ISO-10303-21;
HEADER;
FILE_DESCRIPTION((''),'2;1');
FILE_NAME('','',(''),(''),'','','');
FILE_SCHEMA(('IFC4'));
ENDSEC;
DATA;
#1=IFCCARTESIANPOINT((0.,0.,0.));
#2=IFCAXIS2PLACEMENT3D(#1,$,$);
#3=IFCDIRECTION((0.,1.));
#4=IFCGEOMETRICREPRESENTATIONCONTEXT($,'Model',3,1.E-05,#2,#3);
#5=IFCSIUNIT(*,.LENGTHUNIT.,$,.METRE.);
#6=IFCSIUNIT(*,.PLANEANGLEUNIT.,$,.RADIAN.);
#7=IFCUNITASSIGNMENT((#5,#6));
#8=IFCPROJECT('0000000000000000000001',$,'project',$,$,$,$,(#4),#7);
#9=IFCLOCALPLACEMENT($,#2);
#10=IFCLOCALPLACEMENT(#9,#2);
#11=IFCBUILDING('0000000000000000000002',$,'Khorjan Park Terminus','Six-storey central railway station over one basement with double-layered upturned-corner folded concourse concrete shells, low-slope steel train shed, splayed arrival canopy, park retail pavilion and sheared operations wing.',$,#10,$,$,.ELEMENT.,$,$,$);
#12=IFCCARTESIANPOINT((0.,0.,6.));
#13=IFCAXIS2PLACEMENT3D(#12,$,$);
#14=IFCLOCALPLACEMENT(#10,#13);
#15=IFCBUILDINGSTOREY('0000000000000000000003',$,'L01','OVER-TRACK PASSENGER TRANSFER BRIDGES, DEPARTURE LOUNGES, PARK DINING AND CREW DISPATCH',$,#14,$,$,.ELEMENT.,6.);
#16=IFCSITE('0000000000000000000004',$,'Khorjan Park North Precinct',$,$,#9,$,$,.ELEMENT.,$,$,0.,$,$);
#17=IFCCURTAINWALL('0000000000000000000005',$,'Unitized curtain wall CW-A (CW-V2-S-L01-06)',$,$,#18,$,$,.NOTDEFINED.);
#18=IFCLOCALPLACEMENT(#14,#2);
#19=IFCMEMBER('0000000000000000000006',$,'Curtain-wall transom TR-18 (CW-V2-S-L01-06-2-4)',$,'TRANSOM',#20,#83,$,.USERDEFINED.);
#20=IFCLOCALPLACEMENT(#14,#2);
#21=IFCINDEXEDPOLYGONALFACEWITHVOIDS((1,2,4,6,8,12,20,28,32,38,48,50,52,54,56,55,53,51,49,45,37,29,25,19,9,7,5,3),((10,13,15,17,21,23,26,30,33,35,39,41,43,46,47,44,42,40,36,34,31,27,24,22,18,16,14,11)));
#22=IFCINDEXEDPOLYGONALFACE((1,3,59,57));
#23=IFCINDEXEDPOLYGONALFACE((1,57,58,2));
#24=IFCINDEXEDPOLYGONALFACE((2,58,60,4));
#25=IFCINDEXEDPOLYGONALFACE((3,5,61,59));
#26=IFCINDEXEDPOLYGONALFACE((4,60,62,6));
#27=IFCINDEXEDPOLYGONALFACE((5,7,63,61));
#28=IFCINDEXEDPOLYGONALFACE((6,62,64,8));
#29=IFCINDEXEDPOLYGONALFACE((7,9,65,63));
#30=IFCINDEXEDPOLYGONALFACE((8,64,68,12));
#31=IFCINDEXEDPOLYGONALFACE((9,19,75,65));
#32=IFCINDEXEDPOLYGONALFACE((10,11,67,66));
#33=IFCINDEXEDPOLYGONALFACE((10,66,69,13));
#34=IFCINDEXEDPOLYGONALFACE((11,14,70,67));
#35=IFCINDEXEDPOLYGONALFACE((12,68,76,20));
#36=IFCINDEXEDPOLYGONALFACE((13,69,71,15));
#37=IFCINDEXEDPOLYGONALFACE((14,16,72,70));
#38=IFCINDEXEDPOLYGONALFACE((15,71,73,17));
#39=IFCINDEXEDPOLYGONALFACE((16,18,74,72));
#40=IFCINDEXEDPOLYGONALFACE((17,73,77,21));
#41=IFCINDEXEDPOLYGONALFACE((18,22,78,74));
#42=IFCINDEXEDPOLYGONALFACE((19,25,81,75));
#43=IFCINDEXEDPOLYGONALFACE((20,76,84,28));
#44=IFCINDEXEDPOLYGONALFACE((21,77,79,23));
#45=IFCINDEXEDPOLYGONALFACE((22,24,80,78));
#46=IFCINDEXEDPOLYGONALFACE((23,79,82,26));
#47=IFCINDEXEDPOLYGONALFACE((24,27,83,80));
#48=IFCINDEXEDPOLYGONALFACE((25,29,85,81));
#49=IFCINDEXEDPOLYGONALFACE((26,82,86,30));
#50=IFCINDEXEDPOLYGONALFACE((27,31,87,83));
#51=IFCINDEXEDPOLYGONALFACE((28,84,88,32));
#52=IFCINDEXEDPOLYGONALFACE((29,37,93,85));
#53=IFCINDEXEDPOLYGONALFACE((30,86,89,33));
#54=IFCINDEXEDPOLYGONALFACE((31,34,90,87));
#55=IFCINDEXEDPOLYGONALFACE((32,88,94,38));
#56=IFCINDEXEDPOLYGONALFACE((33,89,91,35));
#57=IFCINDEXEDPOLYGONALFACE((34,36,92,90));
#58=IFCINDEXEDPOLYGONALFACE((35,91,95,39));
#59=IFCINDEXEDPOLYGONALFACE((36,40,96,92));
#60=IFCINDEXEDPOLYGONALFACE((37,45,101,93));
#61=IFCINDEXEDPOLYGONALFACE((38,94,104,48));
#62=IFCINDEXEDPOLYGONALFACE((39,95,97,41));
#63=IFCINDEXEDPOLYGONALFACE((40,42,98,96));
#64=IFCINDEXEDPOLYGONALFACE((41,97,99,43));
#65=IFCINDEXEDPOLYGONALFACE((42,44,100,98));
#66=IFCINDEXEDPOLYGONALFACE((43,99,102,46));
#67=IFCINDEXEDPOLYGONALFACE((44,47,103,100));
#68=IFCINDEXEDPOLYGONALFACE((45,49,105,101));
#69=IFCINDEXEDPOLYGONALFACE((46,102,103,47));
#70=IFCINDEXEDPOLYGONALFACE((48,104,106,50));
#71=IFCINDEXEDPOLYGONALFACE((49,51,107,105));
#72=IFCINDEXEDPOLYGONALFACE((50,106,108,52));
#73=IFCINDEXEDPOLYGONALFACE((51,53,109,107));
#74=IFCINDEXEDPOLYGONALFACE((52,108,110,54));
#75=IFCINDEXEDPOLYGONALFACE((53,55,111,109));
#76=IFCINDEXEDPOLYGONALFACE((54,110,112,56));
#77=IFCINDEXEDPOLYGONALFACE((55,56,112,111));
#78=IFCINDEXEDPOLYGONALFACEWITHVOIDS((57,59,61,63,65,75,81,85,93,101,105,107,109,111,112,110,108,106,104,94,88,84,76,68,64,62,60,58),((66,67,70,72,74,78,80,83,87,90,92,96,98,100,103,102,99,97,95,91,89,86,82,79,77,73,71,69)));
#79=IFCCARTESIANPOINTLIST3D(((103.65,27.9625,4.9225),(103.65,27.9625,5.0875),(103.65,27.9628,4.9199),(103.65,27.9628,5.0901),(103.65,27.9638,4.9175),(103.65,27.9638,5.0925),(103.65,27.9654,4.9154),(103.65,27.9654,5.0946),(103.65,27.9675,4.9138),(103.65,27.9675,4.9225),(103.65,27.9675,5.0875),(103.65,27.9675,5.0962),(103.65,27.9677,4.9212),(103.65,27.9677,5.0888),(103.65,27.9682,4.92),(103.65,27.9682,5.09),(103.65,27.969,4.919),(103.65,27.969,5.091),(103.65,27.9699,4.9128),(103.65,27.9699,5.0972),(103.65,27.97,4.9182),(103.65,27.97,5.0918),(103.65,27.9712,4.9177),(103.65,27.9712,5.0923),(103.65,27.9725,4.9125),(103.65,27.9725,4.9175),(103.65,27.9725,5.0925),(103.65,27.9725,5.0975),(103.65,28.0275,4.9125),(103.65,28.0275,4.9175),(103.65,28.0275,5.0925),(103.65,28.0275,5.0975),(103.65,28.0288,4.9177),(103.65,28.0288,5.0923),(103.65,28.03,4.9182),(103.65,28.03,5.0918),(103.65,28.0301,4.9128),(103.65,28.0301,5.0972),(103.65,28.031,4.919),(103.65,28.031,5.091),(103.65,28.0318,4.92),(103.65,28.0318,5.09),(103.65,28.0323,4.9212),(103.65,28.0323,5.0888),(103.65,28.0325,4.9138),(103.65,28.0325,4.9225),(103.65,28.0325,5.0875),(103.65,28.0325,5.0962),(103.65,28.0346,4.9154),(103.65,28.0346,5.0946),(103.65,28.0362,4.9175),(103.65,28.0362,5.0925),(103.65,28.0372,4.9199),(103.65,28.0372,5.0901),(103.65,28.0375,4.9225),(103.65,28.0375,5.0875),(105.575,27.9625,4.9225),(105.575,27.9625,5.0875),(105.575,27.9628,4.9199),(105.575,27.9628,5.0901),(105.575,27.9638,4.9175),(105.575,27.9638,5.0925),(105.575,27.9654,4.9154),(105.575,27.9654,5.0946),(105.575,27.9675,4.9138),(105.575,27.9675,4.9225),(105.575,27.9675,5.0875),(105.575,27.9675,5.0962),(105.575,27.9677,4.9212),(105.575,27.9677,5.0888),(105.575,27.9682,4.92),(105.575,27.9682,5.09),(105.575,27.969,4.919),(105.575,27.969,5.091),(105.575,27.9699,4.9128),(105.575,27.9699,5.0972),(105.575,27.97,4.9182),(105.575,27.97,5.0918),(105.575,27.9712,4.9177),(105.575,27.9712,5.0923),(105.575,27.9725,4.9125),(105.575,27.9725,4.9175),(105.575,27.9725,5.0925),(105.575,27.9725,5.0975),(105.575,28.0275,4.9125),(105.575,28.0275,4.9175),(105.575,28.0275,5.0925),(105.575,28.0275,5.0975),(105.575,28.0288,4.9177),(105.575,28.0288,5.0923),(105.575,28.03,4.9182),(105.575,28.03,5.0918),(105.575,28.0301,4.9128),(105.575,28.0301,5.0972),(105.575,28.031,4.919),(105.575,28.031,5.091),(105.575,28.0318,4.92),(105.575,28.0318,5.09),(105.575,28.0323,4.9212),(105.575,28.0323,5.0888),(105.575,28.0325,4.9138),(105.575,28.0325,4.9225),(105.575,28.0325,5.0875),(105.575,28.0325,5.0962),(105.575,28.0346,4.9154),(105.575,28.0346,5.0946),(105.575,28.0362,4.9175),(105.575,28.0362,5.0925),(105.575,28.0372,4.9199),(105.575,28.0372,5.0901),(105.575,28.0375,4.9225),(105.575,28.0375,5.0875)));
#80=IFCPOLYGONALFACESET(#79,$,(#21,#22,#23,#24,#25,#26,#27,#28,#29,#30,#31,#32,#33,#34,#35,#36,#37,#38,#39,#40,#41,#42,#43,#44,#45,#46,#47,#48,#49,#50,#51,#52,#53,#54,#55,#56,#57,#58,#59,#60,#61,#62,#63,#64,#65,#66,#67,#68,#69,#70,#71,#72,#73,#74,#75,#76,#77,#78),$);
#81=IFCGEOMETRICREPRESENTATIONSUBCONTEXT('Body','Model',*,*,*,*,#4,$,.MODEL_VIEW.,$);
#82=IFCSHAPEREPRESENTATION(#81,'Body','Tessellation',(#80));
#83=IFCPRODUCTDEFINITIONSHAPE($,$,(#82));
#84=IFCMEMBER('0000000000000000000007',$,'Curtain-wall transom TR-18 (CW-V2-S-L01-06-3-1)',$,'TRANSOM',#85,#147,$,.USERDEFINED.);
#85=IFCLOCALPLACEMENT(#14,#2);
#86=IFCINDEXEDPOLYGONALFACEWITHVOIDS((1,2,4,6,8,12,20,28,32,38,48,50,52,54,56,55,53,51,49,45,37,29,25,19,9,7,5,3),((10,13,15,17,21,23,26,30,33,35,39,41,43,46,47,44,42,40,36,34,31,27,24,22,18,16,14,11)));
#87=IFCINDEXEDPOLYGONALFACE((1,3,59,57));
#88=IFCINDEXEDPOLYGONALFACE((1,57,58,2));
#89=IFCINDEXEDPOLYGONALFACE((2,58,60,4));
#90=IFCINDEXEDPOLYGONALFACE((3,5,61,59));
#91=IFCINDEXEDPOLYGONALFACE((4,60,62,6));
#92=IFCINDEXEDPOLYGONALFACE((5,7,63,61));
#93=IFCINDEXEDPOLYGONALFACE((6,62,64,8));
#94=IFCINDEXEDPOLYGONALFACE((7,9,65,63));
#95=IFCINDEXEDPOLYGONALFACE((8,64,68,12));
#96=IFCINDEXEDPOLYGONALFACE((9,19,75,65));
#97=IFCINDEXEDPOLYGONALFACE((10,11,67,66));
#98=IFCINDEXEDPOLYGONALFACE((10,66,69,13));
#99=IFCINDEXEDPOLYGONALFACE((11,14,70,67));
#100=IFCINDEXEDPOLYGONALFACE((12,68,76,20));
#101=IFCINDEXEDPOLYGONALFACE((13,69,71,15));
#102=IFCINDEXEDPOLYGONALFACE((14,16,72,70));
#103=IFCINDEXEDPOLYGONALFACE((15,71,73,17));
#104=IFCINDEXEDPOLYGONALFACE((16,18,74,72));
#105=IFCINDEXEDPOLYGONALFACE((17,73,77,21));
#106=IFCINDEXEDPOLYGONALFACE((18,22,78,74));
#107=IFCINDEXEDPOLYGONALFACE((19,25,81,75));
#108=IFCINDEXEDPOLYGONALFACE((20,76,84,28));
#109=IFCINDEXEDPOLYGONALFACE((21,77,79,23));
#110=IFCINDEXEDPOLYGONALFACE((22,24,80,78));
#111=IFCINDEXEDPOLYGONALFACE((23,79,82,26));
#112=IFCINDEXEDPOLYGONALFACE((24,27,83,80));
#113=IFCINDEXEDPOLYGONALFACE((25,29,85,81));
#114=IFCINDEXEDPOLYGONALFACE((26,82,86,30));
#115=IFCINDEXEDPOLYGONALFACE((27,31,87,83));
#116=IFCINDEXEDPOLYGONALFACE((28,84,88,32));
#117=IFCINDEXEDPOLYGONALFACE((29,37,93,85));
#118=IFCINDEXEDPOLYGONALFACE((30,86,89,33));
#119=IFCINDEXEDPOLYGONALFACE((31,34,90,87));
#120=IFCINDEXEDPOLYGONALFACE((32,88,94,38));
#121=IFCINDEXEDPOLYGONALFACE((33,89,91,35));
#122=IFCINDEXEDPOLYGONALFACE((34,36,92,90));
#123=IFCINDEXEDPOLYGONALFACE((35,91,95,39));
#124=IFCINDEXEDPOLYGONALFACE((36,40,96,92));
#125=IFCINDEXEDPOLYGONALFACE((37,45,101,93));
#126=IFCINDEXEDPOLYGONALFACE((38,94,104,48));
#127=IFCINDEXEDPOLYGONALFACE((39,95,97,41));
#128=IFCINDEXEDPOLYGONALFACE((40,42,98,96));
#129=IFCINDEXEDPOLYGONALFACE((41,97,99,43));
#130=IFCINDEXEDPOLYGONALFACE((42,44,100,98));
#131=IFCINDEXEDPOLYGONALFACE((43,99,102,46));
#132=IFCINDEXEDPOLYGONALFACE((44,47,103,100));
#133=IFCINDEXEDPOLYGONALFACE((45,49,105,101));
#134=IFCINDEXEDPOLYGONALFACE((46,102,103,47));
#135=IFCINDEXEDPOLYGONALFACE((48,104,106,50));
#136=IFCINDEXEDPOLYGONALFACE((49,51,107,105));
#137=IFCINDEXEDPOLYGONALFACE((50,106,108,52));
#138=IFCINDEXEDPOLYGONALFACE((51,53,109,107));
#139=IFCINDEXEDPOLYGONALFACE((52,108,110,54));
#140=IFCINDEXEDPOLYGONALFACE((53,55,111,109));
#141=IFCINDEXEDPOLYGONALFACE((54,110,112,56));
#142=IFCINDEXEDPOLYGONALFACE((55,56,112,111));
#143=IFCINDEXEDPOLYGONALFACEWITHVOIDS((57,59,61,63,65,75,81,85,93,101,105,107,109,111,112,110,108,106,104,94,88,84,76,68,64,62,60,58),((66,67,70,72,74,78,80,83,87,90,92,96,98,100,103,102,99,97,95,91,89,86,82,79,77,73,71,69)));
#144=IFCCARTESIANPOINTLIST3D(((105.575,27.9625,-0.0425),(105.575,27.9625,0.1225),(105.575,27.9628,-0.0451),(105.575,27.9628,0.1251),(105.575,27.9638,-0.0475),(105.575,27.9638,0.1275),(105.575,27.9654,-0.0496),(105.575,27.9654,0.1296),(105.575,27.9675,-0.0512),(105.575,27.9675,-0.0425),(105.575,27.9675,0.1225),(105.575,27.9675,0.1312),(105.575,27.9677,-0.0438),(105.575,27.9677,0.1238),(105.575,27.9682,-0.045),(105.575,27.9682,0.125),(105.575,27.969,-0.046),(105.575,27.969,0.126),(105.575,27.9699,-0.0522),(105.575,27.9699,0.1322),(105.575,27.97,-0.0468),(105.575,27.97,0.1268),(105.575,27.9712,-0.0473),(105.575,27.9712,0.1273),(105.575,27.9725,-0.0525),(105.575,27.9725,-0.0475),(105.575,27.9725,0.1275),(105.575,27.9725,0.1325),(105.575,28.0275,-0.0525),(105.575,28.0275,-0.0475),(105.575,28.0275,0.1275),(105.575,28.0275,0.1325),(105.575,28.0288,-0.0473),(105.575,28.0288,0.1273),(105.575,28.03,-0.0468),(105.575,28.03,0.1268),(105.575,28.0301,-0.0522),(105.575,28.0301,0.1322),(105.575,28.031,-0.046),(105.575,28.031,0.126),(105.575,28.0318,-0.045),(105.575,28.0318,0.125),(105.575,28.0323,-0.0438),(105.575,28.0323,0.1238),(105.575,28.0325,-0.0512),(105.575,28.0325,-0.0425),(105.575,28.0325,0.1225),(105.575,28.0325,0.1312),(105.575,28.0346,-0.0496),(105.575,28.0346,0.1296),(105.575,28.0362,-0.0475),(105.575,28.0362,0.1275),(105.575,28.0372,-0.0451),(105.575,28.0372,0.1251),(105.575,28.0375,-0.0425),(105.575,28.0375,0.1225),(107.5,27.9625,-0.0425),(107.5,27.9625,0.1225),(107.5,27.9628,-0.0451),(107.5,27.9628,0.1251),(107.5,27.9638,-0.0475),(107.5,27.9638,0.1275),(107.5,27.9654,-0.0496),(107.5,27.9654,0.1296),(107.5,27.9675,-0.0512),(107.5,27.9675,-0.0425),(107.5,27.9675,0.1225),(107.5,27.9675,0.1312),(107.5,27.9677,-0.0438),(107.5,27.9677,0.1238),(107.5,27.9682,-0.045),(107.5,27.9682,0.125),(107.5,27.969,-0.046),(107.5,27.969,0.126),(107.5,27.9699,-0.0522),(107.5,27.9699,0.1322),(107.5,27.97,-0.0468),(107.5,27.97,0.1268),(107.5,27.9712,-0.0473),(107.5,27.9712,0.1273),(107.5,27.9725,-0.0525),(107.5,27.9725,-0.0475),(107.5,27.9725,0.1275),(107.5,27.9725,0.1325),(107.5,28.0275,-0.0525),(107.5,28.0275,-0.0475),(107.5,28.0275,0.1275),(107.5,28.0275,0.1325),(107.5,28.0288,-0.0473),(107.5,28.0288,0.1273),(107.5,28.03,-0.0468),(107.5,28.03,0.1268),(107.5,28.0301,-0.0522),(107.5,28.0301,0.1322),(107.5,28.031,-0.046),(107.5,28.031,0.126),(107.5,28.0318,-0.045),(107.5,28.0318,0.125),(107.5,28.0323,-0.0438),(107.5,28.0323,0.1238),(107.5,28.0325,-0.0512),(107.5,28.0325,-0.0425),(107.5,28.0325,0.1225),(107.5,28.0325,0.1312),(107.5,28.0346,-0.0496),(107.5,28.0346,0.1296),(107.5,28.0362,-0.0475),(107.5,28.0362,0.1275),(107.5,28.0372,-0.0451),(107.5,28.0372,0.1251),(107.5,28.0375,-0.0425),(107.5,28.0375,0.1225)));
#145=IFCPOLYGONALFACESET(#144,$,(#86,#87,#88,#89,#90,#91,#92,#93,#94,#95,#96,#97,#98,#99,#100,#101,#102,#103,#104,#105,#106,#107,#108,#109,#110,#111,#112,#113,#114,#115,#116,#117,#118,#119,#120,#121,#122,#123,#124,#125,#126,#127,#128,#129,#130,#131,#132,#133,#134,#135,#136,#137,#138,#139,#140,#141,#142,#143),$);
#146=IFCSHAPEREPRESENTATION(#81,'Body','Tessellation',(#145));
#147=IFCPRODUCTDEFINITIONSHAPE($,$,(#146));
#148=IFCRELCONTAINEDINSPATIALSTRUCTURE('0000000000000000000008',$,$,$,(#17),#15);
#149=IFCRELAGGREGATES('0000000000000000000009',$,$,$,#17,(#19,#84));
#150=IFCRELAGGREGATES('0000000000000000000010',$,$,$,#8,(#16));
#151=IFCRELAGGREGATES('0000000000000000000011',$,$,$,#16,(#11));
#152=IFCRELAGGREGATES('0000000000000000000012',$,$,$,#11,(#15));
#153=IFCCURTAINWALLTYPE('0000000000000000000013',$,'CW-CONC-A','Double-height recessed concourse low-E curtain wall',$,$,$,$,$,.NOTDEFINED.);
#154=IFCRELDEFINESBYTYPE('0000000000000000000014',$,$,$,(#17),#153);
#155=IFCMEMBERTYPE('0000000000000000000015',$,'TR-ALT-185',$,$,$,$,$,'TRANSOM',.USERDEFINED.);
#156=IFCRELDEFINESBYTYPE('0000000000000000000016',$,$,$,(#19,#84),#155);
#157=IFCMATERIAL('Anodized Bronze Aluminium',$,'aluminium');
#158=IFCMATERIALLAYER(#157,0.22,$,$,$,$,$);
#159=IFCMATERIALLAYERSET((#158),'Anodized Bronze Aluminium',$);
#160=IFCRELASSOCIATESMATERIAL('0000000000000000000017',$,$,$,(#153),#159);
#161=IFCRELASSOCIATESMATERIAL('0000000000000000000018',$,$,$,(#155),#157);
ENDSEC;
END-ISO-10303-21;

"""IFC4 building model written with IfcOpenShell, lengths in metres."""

from ifc_helpers import new_model, si_unit, direction, frame, origin, origin_2d, place, context, subcontext, project, spatial, hollow_rectangle, extrude, material, layer, layer_set, material_profile, profile_set, type_object, element, aggregate, save


model = new_model("IFC4")

# Units and contexts
model_context = context("Model", 3, precision=1e-05, world=origin(), true_north=direction((0.0, 1.0)))
body_context = subcontext(model_context, "Body", "Model", "MODEL_VIEW")
ifc_project = project(units=[si_unit("LENGTHUNIT", "METRE"), si_unit("PLANEANGLEUNIT", "RADIAN")], contexts=[model_context])

# Site, building, storey
site_placement = place(None, origin())
site = spatial("IfcSite", under=ifc_project, at=site_placement, Name="Khorjan Park North Precinct", CompositionType="ELEMENT", RefElevation=0.0)
building_placement = place(site_placement, origin())
building = spatial("IfcBuilding", under=site, at=building_placement, Name="Khorjan Park Terminus", Description="Six-storey central railway station over one basement with double-layered upturned-corner folded concourse concrete shells, low-slope steel train shed, splayed arrival canopy, park retail pavilion and sheared operations wing.", CompositionType="ELEMENT")
storey_placement = place(building_placement, frame((0.0, 0.0, 6.0)))
storey = spatial("IfcBuildingStorey", under=building, at=storey_placement, Name="L01", Description="OVER-TRACK PASSENGER TRANSFER BRIDGES, DEPARTURE LOUNGES, PARK DINING AND CREW DISPATCH", CompositionType="ELEMENT", Elevation=6.0)

# Shared definitions
ifc_material_1 = material(Name="Anodized Bronze Aluminium", Category="aluminium")
ifc_layer_1 = layer(ifc_material_1, 0.22)
ifc_layer_set_1 = layer_set([ifc_layer_1], Name="Anodized Bronze Aluminium")
curtain_wall_type = type_object("IfcCurtainWallType", Name="CW-CONC-A", Description="Double-height recessed concourse low-E curtain wall", PredefinedType="NOTDEFINED", material=ifc_layer_set_1)

# Curtain wall, members
curtain_wall_1_placement = place(storey_placement, origin())
curtain_wall_1 = element("IfcCurtainWall", 1, at=curtain_wall_1_placement, inside=storey, type_object=curtain_wall_type, Name="Unitized curtain wall CW-A (CW-V2-S-L01-06)", PredefinedType="NOTDEFINED")
ifc_material_profile_1 = material_profile(ifc_material_1, hollow_rectangle(XDim=0.075, YDim=0.185, WallThickness=0.005, InnerFilletRadius=0.005, OuterFilletRadius=0.01, at=origin_2d()), Name="ALT 75x185x5")
ifc_profile_set_1 = profile_set([ifc_material_profile_1], Name="Anodized Bronze Aluminium")
member_type_1 = type_object("IfcMemberType", Name="TR-ALT-185", ElementType="TRANSOM", PredefinedType="USERDEFINED", material=ifc_profile_set_1)
member_1_placement = place(storey_placement, frame((103.65, 28.0, 5.005), z_axis=(1.0, 0.0, 0.0), x_axis=(0.0, 1.0, 0.0)))
member_1 = element("IfcMember", 2, at=member_1_placement, type_object=member_type_1, Name="Curtain-wall transom TR-18 (CW-V2-S-L01-06-2-4)", ObjectType="TRANSOM", PredefinedType="USERDEFINED", context=body_context, shape_type="SweptSolid", body=[
    extrude(hollow_rectangle(XDim=0.075, YDim=0.185, WallThickness=0.005, InnerFilletRadius=0.005, OuterFilletRadius=0.01, at=origin_2d()), origin(), (0.0, 0.0, 1.0), 1.925),
])
member_2_placement = place(storey_placement, frame((105.575, 28.0, 0.04), z_axis=(1.0, 0.0, 0.0), x_axis=(0.0, 1.0, 0.0)))
member_2 = element("IfcMember", 3, at=member_2_placement, type_object=member_type_1, Name="Curtain-wall transom TR-18 (CW-V2-S-L01-06-3-1)", ObjectType="TRANSOM", PredefinedType="USERDEFINED", context=body_context, shape_type="SweptSolid", body=[
    extrude(hollow_rectangle(XDim=0.075, YDim=0.185, WallThickness=0.005, InnerFilletRadius=0.005, OuterFilletRadius=0.01, at=origin_2d()), origin(), (0.0, 0.0, 1.0), 1.925),
])

aggregate(curtain_wall_1, [member_1, member_2])

save(model, "model.ifc")
